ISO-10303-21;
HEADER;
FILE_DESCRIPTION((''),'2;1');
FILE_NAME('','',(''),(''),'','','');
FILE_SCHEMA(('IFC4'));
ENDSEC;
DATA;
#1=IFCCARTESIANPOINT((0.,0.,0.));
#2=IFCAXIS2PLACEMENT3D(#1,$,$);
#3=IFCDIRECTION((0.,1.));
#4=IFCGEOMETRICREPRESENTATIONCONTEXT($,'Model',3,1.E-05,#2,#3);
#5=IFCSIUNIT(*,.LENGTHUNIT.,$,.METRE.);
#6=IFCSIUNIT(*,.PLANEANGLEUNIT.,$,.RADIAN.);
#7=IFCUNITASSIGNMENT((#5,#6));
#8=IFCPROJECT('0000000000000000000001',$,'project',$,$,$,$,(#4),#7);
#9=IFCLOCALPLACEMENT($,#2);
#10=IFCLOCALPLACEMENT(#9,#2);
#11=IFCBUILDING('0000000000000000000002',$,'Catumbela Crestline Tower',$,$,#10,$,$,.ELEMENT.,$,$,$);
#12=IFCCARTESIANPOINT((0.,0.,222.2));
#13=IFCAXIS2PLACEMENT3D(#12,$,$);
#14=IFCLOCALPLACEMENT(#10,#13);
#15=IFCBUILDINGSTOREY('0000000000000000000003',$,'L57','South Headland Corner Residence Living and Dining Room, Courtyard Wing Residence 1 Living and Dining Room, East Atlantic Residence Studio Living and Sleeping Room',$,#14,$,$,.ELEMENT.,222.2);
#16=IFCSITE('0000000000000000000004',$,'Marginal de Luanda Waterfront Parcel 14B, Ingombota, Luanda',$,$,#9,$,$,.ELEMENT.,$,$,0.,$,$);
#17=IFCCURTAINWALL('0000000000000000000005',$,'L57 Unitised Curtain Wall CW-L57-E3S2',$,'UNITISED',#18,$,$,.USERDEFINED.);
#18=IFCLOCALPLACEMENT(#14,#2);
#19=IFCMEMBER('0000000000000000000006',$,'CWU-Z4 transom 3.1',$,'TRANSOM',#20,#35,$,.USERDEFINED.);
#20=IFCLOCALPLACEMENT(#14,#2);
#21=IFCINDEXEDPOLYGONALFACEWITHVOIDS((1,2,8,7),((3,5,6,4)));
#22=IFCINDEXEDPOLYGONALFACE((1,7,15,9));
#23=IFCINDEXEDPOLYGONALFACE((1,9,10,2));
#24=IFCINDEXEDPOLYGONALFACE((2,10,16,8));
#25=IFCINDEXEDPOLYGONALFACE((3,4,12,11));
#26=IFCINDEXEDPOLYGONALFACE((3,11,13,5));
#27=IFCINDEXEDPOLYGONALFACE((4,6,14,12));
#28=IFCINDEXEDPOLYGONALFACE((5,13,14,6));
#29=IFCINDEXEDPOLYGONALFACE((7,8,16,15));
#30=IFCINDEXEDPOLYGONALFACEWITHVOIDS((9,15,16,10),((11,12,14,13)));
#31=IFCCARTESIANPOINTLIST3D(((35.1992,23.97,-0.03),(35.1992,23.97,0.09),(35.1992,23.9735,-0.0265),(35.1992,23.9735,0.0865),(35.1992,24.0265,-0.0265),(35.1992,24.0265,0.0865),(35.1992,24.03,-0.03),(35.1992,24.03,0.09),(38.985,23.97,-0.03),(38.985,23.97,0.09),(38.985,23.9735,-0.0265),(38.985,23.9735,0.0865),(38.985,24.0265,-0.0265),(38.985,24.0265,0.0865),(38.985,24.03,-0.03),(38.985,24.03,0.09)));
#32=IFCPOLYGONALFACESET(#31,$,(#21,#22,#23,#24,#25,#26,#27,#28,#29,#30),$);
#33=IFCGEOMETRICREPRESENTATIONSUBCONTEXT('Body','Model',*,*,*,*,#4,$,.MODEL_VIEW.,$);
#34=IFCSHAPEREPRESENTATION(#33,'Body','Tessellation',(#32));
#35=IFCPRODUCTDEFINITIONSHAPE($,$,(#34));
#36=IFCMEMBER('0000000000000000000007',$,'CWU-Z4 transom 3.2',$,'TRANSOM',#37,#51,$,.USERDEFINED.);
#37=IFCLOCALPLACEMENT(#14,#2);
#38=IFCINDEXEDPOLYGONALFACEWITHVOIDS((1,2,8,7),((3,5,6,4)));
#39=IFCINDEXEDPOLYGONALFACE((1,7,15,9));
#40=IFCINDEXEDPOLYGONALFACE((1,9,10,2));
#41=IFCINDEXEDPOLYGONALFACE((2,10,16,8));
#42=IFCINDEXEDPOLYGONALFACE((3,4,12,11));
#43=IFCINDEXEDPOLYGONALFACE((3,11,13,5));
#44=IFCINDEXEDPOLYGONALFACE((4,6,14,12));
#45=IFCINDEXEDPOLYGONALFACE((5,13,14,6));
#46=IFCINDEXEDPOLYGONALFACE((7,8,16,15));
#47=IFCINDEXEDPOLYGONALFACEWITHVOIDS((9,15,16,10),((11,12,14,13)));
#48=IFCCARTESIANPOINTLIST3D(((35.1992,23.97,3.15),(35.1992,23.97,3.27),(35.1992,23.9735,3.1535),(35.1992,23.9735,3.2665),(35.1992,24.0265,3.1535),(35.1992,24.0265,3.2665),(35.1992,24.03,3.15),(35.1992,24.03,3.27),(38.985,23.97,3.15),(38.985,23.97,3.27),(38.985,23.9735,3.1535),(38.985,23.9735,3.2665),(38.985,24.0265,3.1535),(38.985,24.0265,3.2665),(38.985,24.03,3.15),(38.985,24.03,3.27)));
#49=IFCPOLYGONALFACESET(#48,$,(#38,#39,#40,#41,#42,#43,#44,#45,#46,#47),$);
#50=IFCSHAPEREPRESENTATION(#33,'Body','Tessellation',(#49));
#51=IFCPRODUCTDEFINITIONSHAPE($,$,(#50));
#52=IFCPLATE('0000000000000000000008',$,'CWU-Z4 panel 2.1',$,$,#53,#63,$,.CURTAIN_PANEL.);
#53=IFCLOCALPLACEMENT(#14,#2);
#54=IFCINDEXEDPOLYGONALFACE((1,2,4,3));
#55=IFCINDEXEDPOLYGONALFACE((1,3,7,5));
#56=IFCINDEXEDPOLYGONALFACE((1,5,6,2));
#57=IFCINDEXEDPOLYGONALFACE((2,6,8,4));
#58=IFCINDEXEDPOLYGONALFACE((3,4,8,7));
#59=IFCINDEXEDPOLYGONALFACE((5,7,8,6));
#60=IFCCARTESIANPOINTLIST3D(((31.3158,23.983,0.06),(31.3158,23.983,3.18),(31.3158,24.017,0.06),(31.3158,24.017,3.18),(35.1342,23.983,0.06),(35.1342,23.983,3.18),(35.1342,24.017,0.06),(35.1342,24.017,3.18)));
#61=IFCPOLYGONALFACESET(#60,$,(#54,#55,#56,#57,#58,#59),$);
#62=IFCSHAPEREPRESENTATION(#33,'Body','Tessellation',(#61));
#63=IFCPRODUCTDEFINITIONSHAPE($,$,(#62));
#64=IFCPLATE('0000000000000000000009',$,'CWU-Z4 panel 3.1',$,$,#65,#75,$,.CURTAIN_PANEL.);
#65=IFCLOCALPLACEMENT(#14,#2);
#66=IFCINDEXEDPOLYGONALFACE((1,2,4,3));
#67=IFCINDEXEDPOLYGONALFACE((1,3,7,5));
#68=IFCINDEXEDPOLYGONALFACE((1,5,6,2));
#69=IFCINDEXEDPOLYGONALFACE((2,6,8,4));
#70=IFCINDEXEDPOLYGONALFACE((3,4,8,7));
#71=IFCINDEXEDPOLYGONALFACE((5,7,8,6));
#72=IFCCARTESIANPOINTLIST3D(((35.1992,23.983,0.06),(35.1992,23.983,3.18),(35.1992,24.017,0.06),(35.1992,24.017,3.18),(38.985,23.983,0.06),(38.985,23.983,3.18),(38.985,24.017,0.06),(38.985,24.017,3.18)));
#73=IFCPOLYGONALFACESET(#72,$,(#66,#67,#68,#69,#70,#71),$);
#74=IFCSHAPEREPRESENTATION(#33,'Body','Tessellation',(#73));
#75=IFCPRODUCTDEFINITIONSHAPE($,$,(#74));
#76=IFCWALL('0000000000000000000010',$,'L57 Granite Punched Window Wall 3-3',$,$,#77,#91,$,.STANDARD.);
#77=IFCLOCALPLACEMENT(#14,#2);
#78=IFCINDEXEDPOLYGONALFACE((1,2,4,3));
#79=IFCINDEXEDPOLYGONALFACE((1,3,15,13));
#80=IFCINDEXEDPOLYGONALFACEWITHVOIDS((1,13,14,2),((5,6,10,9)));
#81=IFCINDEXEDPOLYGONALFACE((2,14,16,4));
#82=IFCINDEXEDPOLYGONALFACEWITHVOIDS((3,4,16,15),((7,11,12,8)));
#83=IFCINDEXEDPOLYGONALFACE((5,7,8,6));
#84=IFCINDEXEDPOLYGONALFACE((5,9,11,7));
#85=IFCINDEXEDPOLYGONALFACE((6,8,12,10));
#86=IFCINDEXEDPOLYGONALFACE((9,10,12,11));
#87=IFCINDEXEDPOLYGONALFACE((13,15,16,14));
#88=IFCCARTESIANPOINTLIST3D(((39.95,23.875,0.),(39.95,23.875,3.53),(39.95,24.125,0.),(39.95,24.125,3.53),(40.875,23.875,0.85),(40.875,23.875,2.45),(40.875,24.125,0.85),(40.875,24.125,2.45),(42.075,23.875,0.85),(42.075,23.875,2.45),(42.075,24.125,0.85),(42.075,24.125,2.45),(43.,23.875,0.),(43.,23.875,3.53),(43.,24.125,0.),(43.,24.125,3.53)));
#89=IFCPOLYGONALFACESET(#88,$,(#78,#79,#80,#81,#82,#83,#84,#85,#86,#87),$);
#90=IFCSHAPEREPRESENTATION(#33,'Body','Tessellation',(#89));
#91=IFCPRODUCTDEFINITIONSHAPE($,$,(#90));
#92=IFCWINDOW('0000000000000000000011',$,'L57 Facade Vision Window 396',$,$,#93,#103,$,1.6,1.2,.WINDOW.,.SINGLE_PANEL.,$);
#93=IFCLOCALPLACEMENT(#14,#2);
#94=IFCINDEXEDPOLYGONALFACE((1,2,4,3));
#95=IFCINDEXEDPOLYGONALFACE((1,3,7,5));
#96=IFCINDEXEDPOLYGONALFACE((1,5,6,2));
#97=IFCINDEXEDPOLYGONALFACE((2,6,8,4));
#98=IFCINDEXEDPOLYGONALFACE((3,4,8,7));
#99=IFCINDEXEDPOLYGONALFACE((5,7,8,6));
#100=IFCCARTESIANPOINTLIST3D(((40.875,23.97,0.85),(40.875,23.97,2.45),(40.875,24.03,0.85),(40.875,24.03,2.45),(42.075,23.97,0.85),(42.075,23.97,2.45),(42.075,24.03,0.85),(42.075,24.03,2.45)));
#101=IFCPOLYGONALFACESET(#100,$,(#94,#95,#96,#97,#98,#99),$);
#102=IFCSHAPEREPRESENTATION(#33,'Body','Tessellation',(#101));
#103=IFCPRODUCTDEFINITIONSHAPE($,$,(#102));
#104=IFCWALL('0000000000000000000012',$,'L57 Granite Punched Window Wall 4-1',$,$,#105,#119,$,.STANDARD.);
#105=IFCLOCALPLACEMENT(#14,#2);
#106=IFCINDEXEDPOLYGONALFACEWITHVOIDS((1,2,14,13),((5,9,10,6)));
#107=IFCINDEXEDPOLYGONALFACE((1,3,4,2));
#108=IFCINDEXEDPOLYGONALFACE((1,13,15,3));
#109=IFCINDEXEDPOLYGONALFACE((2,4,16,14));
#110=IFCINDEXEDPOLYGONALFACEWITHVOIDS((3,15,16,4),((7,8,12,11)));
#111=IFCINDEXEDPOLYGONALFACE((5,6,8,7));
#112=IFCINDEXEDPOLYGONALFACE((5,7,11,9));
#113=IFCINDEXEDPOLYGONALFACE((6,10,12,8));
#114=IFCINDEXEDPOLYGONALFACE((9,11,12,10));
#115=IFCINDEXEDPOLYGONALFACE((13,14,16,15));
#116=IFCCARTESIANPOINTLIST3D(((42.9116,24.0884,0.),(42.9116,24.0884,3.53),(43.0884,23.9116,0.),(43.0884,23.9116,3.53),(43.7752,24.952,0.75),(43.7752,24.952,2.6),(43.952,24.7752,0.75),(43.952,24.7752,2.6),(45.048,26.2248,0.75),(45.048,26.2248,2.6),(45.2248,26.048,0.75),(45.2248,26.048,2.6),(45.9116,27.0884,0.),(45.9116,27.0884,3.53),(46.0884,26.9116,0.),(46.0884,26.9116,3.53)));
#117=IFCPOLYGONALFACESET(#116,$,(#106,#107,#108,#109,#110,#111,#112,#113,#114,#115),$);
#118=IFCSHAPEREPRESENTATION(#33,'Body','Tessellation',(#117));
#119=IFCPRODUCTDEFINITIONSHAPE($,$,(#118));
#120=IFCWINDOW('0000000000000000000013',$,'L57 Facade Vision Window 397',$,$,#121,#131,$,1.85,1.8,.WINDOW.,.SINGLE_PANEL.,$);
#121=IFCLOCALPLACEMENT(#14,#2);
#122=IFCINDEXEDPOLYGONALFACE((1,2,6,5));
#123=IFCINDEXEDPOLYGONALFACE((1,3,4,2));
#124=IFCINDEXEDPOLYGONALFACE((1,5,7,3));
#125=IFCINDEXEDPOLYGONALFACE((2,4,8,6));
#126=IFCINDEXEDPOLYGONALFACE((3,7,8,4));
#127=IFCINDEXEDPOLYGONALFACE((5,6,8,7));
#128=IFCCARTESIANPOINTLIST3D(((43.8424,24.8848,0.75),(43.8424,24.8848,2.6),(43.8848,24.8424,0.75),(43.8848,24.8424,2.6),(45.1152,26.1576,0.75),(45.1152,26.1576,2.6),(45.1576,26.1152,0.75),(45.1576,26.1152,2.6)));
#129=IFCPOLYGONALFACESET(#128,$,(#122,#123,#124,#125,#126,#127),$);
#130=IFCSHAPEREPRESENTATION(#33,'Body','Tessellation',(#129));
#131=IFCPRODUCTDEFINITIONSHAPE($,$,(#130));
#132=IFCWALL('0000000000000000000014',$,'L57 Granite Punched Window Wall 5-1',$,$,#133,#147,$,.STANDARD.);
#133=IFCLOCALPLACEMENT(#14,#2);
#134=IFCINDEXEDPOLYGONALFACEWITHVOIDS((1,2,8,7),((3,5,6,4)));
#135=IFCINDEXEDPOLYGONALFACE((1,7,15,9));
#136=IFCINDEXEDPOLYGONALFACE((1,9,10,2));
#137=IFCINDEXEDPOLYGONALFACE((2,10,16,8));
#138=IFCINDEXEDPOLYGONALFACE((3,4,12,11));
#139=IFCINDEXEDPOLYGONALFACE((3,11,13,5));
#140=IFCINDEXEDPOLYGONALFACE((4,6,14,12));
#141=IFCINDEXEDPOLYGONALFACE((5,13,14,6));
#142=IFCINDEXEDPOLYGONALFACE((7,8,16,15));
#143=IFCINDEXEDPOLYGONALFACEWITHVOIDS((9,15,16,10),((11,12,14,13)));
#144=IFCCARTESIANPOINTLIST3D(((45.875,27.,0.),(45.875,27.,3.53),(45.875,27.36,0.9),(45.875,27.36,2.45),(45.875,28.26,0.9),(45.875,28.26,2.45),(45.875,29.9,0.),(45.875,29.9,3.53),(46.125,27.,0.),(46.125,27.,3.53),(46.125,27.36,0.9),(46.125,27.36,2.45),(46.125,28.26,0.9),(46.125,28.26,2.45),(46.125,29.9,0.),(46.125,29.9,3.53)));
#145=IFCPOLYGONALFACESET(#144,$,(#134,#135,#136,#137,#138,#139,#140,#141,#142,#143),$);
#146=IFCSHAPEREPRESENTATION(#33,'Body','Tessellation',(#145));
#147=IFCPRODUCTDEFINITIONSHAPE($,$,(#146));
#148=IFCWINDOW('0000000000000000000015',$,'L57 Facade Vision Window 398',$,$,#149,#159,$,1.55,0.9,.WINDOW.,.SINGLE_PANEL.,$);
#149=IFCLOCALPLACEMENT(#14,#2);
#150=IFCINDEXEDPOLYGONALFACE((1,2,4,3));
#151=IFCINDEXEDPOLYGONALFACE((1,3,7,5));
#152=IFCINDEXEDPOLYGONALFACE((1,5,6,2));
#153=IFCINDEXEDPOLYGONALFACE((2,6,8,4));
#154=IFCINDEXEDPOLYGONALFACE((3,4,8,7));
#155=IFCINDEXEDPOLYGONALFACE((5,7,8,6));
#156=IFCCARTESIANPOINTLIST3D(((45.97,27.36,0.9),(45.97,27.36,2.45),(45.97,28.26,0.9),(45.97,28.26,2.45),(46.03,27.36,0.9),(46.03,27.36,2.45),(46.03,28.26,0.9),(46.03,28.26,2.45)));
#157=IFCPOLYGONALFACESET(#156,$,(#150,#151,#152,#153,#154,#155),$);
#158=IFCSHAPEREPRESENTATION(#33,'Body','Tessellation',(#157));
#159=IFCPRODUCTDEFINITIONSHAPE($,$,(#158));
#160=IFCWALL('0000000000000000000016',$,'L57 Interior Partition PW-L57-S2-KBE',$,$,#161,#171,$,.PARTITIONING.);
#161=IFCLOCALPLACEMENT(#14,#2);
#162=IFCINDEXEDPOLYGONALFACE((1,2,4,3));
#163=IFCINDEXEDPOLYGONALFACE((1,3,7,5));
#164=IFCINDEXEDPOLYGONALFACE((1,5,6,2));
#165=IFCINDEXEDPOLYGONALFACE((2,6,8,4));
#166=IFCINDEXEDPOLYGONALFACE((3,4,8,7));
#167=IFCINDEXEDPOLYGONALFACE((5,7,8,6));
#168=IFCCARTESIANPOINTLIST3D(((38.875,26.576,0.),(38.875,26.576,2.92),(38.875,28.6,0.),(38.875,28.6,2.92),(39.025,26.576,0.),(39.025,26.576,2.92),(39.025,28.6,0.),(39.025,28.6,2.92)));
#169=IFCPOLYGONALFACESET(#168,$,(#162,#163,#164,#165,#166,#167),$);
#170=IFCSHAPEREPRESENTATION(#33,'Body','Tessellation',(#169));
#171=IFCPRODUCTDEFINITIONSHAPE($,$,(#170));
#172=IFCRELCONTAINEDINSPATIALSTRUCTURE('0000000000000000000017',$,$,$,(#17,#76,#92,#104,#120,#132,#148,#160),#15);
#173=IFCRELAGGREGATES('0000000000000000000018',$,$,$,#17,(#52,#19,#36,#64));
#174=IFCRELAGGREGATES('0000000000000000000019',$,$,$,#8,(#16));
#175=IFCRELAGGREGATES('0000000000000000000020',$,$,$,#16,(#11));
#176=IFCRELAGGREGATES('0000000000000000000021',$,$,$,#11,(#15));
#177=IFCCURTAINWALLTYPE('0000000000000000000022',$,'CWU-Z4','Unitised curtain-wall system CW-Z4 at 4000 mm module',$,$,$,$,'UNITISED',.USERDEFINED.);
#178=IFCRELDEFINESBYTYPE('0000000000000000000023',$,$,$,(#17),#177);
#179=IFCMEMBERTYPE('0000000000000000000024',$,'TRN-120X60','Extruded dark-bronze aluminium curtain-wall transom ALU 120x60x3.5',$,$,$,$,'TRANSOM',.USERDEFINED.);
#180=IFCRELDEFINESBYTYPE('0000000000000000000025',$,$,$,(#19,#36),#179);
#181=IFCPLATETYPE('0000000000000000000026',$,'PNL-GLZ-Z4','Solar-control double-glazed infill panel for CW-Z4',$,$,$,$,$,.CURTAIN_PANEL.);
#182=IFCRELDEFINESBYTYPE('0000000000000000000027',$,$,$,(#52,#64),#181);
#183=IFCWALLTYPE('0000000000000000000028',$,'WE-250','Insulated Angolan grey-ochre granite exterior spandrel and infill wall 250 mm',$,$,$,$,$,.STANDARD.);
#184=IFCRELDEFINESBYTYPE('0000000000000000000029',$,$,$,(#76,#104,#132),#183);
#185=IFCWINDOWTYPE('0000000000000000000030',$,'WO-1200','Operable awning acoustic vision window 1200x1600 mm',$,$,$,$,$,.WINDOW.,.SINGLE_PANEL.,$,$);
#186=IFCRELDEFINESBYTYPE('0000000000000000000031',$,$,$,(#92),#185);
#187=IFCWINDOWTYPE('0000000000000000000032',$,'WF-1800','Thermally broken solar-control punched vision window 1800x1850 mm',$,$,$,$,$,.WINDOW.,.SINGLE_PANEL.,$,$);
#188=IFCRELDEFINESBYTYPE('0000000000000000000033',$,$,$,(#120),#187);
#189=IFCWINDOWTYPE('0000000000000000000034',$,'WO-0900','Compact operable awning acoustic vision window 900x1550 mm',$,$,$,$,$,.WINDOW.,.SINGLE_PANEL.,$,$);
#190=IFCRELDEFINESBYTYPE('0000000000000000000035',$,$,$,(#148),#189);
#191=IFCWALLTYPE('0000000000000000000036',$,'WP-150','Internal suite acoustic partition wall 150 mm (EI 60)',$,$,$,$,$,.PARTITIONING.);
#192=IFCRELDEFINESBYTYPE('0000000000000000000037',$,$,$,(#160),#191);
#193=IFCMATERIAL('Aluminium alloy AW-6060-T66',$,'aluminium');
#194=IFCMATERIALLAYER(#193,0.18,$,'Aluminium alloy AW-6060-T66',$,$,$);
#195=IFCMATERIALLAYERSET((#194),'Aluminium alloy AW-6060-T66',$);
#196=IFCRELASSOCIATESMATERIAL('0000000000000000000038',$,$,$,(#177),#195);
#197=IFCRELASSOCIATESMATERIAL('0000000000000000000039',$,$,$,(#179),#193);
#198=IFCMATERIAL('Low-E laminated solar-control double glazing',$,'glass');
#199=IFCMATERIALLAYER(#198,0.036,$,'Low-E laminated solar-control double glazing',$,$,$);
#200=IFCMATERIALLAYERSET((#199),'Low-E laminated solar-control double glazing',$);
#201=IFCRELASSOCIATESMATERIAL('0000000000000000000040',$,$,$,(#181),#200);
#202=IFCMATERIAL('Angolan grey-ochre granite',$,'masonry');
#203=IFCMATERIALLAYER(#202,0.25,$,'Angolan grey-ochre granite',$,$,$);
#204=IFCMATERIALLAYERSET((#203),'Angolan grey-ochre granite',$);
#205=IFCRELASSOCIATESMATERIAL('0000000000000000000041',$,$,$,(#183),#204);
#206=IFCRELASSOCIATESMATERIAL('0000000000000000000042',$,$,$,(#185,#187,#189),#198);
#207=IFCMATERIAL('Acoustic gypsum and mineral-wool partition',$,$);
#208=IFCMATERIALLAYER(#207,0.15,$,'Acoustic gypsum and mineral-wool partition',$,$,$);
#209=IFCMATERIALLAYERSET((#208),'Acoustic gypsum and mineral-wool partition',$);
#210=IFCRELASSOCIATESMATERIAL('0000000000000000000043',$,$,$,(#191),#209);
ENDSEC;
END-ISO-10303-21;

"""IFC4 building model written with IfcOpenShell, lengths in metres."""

from ifc_helpers import new_model, si_unit, direction, frame, frame_2d, origin, origin_2d, place, context, subcontext, project, spatial, rectangle, hollow_rectangle, extrude, material, layer, layer_set, material_profile, profile_set, type_object, element, fill, aggregate, save


model = new_model("IFC4")

# Units and contexts
model_context = context("Model", 3, precision=1e-05, world=origin(), true_north=direction((0.0, 1.0)))
body_context = subcontext(model_context, "Body", "Model", "MODEL_VIEW")
ifc_project = project(units=[si_unit("LENGTHUNIT", "METRE"), si_unit("PLANEANGLEUNIT", "RADIAN")], contexts=[model_context])

# Site, building, storey
site_placement = place(None, origin())
site = spatial("IfcSite", under=ifc_project, at=site_placement, Name="Marginal de Luanda Waterfront Parcel 14B, Ingombota, Luanda", CompositionType="ELEMENT", RefElevation=0.0)
building_placement = place(site_placement, origin())
building = spatial("IfcBuilding", under=site, at=building_placement, Name="Catumbela Crestline Tower", CompositionType="ELEMENT")
storey_placement = place(building_placement, frame((0.0, 0.0, 222.2)))
storey = spatial("IfcBuildingStorey", under=building, at=storey_placement, Name="L57", Description="South Headland Corner Residence Living and Dining Room, Courtyard Wing Residence 1 Living and Dining Room, East Atlantic Residence Studio Living and Sleeping Room", CompositionType="ELEMENT", Elevation=222.2)

# Curtain wall, members, plates
ifc_material_1 = material(Name="Aluminium alloy AW-6060-T66", Category="aluminium")
ifc_layer_1 = layer(ifc_material_1, 0.18, Name="Aluminium alloy AW-6060-T66")
ifc_layer_set_1 = layer_set([ifc_layer_1], Name="Aluminium alloy AW-6060-T66")
curtain_wall_type = type_object("IfcCurtainWallType", Name="CWU-Z4", Description="Unitised curtain-wall system CW-Z4 at 4000 mm module", ElementType="UNITISED", PredefinedType="USERDEFINED", material=ifc_layer_set_1)
curtain_wall_placement = place(storey_placement, origin())
curtain_wall = element("IfcCurtainWall", 1, at=curtain_wall_placement, inside=storey, type_object=curtain_wall_type, Name="L57 Unitised Curtain Wall CW-L57-E3S2", ObjectType="UNITISED", PredefinedType="USERDEFINED")
ifc_material_profile_1 = material_profile(ifc_material_1, hollow_rectangle(XDim=0.06, YDim=0.12, WallThickness=0.0035, at=origin_2d()), Name="ALU 120x60x3.5")
ifc_profile_set_1 = profile_set([ifc_material_profile_1], Name="Aluminium alloy AW-6060-T66")
member_type_1 = type_object("IfcMemberType", Name="TRN-120X60", Description="Extruded dark-bronze aluminium curtain-wall transom ALU 120x60x3.5", ElementType="TRANSOM", PredefinedType="USERDEFINED", material=ifc_profile_set_1)
member_1_placement = place(storey_placement, frame((35.1992, 24.0, 0.03), z_axis=(1.0, 0.0, 0.0), x_axis=(0.0, 1.0, 0.0)))
member_1 = element("IfcMember", 2, at=member_1_placement, type_object=member_type_1, Name="CWU-Z4 transom 3.1", ObjectType="TRANSOM", PredefinedType="USERDEFINED", context=body_context, shape_type="SweptSolid", body=[
    extrude(hollow_rectangle(XDim=0.06, YDim=0.12, WallThickness=0.0035, at=origin_2d()), origin(), (0.0, 0.0, 1.0), 3.7858),
])
member_2_placement = place(storey_placement, frame((35.1992, 24.0, 3.21), z_axis=(1.0, 0.0, 0.0), x_axis=(0.0, 1.0, 0.0)))
member_2 = element("IfcMember", 3, at=member_2_placement, type_object=member_type_1, Name="CWU-Z4 transom 3.2", ObjectType="TRANSOM", PredefinedType="USERDEFINED", context=body_context, shape_type="SweptSolid", body=[
    extrude(hollow_rectangle(XDim=0.06, YDim=0.12, WallThickness=0.0035, at=origin_2d()), origin(), (0.0, 0.0, 1.0), 3.7858),
])
ifc_material_2 = material(Name="Low-E laminated solar-control double glazing", Category="glass")
ifc_layer_2 = layer(ifc_material_2, 0.036, Name="Low-E laminated solar-control double glazing")
ifc_layer_set_2 = layer_set([ifc_layer_2], Name="Low-E laminated solar-control double glazing")
plate_type = type_object("IfcPlateType", Name="PNL-GLZ-Z4", Description="Solar-control double-glazed infill panel for CW-Z4", PredefinedType="CURTAIN_PANEL", material=ifc_layer_set_2)
plate_1_placement = place(storey_placement, frame((33.225, 24.0, 0.06), z_axis=(0.0, 0.0, 1.0), x_axis=(1.0, 0.0, 0.0)))
plate_1 = element("IfcPlate", 4, at=plate_1_placement, type_object=plate_type, Name="CWU-Z4 panel 2.1", PredefinedType="CURTAIN_PANEL", context=body_context, shape_type="SweptSolid", body=[
    extrude(rectangle(XDim=3.8183, YDim=0.034, at=origin_2d()), origin(), (0.0, 0.0, 1.0), 3.12),
])
plate_2_placement = place(storey_placement, frame((37.0921, 24.0, 0.06), z_axis=(0.0, 0.0, 1.0), x_axis=(1.0, 0.0, 0.0)))
plate_2 = element("IfcPlate", 5, at=plate_2_placement, type_object=plate_type, Name="CWU-Z4 panel 3.1", PredefinedType="CURTAIN_PANEL", context=body_context, shape_type="SweptSolid", body=[
    extrude(rectangle(XDim=3.7858, YDim=0.034, at=origin_2d()), origin(), (0.0, 0.0, 1.0), 3.12),
])
aggregate(curtain_wall, [plate_1, member_1, member_2, plate_2])

# Walls, openings, windows
ifc_material_3 = material(Name="Angolan grey-ochre granite", Category="masonry")
ifc_layer_3 = layer(ifc_material_3, 0.25, Name="Angolan grey-ochre granite")
ifc_layer_set_3 = layer_set([ifc_layer_3], Name="Angolan grey-ochre granite")
wall_type_1 = type_object("IfcWallType", Name="WE-250", Description="Insulated Angolan grey-ochre granite exterior spandrel and infill wall 250 mm", PredefinedType="STANDARD", material=ifc_layer_set_3)
wall_1_placement = place(storey_placement, frame((39.95, 24.0, 0.0), z_axis=(0.0, 0.0, 1.0), x_axis=(1.0, 0.0, 0.0)))
wall_1 = element("IfcWall", 6, at=wall_1_placement, inside=storey, type_object=wall_type_1, Name="L57 Granite Punched Window Wall 3-3", PredefinedType="STANDARD", context=body_context, shape_type="SweptSolid", body=[
    extrude(rectangle(XDim=3.05, YDim=0.25, at=frame_2d((1.525, 0.0))), origin(), (0.0, 0.0, 1.0), 3.53),
])
opening_1_placement = place(wall_1_placement, frame((0.925, 0.0, 0.85)))
opening_1 = element("IfcOpeningElement", 7, at=opening_1_placement, cuts=wall_1, PredefinedType="OPENING", context=body_context, shape_type="SweptSolid", body=[
    extrude(rectangle(XDim=1.2, YDim=1.6, at=frame_2d((0.6, 0.8))), frame((0.0, 0.135, 0.0), z_axis=(0.0, -1.0, 0.0), x_axis=(1.0, 0.0, 0.0)), (0.0, 0.0, 1.0), 0.27),
])
window_type_1 = type_object("IfcWindowType", Name="WO-1200", Description="Operable awning acoustic vision window 1200x1600 mm", PartitioningType="SINGLE_PANEL", PredefinedType="WINDOW", material=ifc_material_2)
window_1_placement = place(opening_1_placement, origin())
window_1 = element("IfcWindow", 8, at=window_1_placement, inside=storey, type_object=window_type_1, Name="L57 Facade Vision Window 396", OverallHeight=1.6, OverallWidth=1.2, PartitioningType="SINGLE_PANEL", PredefinedType="WINDOW", context=body_context, shape_type="SweptSolid", body=[
    extrude(rectangle(XDim=1.2, YDim=1.6, at=frame_2d((0.6, 0.8))), frame((0.0, 0.03, 0.0), z_axis=(0.0, -1.0, 0.0), x_axis=(1.0, 0.0, 0.0)), (0.0, 0.0, 1.0), 0.06),
])
fill(opening_1, window_1)
wall_2_placement = place(storey_placement, frame((43.0, 24.0, 0.0), z_axis=(0.0, 0.0, 1.0), x_axis=(0.707107, 0.707107, 0.0)))
wall_2 = element("IfcWall", 9, at=wall_2_placement, inside=storey, type_object=wall_type_1, Name="L57 Granite Punched Window Wall 4-1", PredefinedType="STANDARD", context=body_context, shape_type="SweptSolid", body=[
    extrude(rectangle(XDim=4.2426, YDim=0.25, at=frame_2d((2.1213, 0.0))), origin(), (0.0, 0.0, 1.0), 3.53),
])
opening_2_placement = place(wall_2_placement, frame((1.2213, 0.0, 0.75)))
opening_2 = element("IfcOpeningElement", 10, at=opening_2_placement, cuts=wall_2, PredefinedType="OPENING", context=body_context, shape_type="SweptSolid", body=[
    extrude(rectangle(XDim=1.8, YDim=1.85, at=frame_2d((0.9, 0.925))), frame((0.0, 0.135, 0.0), z_axis=(0.0, -1.0, 0.0), x_axis=(1.0, 0.0, 0.0)), (0.0, 0.0, 1.0), 0.27),
])
window_type_2 = type_object("IfcWindowType", Name="WF-1800", Description="Thermally broken solar-control punched vision window 1800x1850 mm", PartitioningType="SINGLE_PANEL", PredefinedType="WINDOW", material=ifc_material_2)
window_2_placement = place(opening_2_placement, origin())
window_2 = element("IfcWindow", 11, at=window_2_placement, inside=storey, type_object=window_type_2, Name="L57 Facade Vision Window 397", OverallHeight=1.85, OverallWidth=1.8, PartitioningType="SINGLE_PANEL", PredefinedType="WINDOW", context=body_context, shape_type="SweptSolid", body=[
    extrude(rectangle(XDim=1.8, YDim=1.85, at=frame_2d((0.9, 0.925))), frame((0.0, 0.03, 0.0), z_axis=(0.0, -1.0, 0.0), x_axis=(1.0, 0.0, 0.0)), (0.0, 0.0, 1.0), 0.06),
])
fill(opening_2, window_2)
wall_3_placement = place(storey_placement, frame((46.0, 27.0, 0.0), z_axis=(0.0, 0.0, 1.0), x_axis=(0.0, 1.0, 0.0)))
wall_3 = element("IfcWall", 12, at=wall_3_placement, inside=storey, type_object=wall_type_1, Name="L57 Granite Punched Window Wall 5-1", PredefinedType="STANDARD", context=body_context, shape_type="SweptSolid", body=[
    extrude(rectangle(XDim=2.9, YDim=0.25, at=frame_2d((1.45, 0.0))), origin(), (0.0, 0.0, 1.0), 3.53),
])
opening_3_placement = place(wall_3_placement, frame((0.36, 0.0, 0.9)))
opening_3 = element("IfcOpeningElement", 13, at=opening_3_placement, cuts=wall_3, PredefinedType="OPENING", context=body_context, shape_type="SweptSolid", body=[
    extrude(rectangle(XDim=0.9, YDim=1.55, at=frame_2d((0.45, 0.775))), frame((0.0, 0.135, 0.0), z_axis=(0.0, -1.0, 0.0), x_axis=(1.0, 0.0, 0.0)), (0.0, 0.0, 1.0), 0.27),
])
window_type_3 = type_object("IfcWindowType", Name="WO-0900", Description="Compact operable awning acoustic vision window 900x1550 mm", PartitioningType="SINGLE_PANEL", PredefinedType="WINDOW", material=ifc_material_2)
window_3_placement = place(opening_3_placement, origin())
window_3 = element("IfcWindow", 14, at=window_3_placement, inside=storey, type_object=window_type_3, Name="L57 Facade Vision Window 398", OverallHeight=1.55, OverallWidth=0.9, PartitioningType="SINGLE_PANEL", PredefinedType="WINDOW", context=body_context, shape_type="SweptSolid", body=[
    extrude(rectangle(XDim=0.9, YDim=1.55, at=frame_2d((0.45, 0.775))), frame((0.0, 0.03, 0.0), z_axis=(0.0, -1.0, 0.0), x_axis=(1.0, 0.0, 0.0)), (0.0, 0.0, 1.0), 0.06),
])
fill(opening_3, window_3)

# Wall
ifc_material_4 = material(Name="Acoustic gypsum and mineral-wool partition")
ifc_layer_4 = layer(ifc_material_4, 0.15, Name="Acoustic gypsum and mineral-wool partition")
ifc_layer_set_4 = layer_set([ifc_layer_4], Name="Acoustic gypsum and mineral-wool partition")
wall_type_2 = type_object("IfcWallType", Name="WP-150", Description="Internal suite acoustic partition wall 150 mm (EI 60)", PredefinedType="PARTITIONING", material=ifc_layer_set_4)
wall_4_placement = place(storey_placement, frame((38.95, 26.576, 0.0), z_axis=(0.0, 0.0, 1.0), x_axis=(0.0, 1.0, 0.0)))
element("IfcWall", 15, at=wall_4_placement, inside=storey, type_object=wall_type_2, Name="L57 Interior Partition PW-L57-S2-KBE", PredefinedType="PARTITIONING", context=body_context, shape_type="SweptSolid", body=[
    extrude(rectangle(XDim=2.024, YDim=0.15, at=frame_2d((1.012, 0.0))), origin(), (0.0, 0.0, 1.0), 2.92),
])

save(model, "model.ifc")
